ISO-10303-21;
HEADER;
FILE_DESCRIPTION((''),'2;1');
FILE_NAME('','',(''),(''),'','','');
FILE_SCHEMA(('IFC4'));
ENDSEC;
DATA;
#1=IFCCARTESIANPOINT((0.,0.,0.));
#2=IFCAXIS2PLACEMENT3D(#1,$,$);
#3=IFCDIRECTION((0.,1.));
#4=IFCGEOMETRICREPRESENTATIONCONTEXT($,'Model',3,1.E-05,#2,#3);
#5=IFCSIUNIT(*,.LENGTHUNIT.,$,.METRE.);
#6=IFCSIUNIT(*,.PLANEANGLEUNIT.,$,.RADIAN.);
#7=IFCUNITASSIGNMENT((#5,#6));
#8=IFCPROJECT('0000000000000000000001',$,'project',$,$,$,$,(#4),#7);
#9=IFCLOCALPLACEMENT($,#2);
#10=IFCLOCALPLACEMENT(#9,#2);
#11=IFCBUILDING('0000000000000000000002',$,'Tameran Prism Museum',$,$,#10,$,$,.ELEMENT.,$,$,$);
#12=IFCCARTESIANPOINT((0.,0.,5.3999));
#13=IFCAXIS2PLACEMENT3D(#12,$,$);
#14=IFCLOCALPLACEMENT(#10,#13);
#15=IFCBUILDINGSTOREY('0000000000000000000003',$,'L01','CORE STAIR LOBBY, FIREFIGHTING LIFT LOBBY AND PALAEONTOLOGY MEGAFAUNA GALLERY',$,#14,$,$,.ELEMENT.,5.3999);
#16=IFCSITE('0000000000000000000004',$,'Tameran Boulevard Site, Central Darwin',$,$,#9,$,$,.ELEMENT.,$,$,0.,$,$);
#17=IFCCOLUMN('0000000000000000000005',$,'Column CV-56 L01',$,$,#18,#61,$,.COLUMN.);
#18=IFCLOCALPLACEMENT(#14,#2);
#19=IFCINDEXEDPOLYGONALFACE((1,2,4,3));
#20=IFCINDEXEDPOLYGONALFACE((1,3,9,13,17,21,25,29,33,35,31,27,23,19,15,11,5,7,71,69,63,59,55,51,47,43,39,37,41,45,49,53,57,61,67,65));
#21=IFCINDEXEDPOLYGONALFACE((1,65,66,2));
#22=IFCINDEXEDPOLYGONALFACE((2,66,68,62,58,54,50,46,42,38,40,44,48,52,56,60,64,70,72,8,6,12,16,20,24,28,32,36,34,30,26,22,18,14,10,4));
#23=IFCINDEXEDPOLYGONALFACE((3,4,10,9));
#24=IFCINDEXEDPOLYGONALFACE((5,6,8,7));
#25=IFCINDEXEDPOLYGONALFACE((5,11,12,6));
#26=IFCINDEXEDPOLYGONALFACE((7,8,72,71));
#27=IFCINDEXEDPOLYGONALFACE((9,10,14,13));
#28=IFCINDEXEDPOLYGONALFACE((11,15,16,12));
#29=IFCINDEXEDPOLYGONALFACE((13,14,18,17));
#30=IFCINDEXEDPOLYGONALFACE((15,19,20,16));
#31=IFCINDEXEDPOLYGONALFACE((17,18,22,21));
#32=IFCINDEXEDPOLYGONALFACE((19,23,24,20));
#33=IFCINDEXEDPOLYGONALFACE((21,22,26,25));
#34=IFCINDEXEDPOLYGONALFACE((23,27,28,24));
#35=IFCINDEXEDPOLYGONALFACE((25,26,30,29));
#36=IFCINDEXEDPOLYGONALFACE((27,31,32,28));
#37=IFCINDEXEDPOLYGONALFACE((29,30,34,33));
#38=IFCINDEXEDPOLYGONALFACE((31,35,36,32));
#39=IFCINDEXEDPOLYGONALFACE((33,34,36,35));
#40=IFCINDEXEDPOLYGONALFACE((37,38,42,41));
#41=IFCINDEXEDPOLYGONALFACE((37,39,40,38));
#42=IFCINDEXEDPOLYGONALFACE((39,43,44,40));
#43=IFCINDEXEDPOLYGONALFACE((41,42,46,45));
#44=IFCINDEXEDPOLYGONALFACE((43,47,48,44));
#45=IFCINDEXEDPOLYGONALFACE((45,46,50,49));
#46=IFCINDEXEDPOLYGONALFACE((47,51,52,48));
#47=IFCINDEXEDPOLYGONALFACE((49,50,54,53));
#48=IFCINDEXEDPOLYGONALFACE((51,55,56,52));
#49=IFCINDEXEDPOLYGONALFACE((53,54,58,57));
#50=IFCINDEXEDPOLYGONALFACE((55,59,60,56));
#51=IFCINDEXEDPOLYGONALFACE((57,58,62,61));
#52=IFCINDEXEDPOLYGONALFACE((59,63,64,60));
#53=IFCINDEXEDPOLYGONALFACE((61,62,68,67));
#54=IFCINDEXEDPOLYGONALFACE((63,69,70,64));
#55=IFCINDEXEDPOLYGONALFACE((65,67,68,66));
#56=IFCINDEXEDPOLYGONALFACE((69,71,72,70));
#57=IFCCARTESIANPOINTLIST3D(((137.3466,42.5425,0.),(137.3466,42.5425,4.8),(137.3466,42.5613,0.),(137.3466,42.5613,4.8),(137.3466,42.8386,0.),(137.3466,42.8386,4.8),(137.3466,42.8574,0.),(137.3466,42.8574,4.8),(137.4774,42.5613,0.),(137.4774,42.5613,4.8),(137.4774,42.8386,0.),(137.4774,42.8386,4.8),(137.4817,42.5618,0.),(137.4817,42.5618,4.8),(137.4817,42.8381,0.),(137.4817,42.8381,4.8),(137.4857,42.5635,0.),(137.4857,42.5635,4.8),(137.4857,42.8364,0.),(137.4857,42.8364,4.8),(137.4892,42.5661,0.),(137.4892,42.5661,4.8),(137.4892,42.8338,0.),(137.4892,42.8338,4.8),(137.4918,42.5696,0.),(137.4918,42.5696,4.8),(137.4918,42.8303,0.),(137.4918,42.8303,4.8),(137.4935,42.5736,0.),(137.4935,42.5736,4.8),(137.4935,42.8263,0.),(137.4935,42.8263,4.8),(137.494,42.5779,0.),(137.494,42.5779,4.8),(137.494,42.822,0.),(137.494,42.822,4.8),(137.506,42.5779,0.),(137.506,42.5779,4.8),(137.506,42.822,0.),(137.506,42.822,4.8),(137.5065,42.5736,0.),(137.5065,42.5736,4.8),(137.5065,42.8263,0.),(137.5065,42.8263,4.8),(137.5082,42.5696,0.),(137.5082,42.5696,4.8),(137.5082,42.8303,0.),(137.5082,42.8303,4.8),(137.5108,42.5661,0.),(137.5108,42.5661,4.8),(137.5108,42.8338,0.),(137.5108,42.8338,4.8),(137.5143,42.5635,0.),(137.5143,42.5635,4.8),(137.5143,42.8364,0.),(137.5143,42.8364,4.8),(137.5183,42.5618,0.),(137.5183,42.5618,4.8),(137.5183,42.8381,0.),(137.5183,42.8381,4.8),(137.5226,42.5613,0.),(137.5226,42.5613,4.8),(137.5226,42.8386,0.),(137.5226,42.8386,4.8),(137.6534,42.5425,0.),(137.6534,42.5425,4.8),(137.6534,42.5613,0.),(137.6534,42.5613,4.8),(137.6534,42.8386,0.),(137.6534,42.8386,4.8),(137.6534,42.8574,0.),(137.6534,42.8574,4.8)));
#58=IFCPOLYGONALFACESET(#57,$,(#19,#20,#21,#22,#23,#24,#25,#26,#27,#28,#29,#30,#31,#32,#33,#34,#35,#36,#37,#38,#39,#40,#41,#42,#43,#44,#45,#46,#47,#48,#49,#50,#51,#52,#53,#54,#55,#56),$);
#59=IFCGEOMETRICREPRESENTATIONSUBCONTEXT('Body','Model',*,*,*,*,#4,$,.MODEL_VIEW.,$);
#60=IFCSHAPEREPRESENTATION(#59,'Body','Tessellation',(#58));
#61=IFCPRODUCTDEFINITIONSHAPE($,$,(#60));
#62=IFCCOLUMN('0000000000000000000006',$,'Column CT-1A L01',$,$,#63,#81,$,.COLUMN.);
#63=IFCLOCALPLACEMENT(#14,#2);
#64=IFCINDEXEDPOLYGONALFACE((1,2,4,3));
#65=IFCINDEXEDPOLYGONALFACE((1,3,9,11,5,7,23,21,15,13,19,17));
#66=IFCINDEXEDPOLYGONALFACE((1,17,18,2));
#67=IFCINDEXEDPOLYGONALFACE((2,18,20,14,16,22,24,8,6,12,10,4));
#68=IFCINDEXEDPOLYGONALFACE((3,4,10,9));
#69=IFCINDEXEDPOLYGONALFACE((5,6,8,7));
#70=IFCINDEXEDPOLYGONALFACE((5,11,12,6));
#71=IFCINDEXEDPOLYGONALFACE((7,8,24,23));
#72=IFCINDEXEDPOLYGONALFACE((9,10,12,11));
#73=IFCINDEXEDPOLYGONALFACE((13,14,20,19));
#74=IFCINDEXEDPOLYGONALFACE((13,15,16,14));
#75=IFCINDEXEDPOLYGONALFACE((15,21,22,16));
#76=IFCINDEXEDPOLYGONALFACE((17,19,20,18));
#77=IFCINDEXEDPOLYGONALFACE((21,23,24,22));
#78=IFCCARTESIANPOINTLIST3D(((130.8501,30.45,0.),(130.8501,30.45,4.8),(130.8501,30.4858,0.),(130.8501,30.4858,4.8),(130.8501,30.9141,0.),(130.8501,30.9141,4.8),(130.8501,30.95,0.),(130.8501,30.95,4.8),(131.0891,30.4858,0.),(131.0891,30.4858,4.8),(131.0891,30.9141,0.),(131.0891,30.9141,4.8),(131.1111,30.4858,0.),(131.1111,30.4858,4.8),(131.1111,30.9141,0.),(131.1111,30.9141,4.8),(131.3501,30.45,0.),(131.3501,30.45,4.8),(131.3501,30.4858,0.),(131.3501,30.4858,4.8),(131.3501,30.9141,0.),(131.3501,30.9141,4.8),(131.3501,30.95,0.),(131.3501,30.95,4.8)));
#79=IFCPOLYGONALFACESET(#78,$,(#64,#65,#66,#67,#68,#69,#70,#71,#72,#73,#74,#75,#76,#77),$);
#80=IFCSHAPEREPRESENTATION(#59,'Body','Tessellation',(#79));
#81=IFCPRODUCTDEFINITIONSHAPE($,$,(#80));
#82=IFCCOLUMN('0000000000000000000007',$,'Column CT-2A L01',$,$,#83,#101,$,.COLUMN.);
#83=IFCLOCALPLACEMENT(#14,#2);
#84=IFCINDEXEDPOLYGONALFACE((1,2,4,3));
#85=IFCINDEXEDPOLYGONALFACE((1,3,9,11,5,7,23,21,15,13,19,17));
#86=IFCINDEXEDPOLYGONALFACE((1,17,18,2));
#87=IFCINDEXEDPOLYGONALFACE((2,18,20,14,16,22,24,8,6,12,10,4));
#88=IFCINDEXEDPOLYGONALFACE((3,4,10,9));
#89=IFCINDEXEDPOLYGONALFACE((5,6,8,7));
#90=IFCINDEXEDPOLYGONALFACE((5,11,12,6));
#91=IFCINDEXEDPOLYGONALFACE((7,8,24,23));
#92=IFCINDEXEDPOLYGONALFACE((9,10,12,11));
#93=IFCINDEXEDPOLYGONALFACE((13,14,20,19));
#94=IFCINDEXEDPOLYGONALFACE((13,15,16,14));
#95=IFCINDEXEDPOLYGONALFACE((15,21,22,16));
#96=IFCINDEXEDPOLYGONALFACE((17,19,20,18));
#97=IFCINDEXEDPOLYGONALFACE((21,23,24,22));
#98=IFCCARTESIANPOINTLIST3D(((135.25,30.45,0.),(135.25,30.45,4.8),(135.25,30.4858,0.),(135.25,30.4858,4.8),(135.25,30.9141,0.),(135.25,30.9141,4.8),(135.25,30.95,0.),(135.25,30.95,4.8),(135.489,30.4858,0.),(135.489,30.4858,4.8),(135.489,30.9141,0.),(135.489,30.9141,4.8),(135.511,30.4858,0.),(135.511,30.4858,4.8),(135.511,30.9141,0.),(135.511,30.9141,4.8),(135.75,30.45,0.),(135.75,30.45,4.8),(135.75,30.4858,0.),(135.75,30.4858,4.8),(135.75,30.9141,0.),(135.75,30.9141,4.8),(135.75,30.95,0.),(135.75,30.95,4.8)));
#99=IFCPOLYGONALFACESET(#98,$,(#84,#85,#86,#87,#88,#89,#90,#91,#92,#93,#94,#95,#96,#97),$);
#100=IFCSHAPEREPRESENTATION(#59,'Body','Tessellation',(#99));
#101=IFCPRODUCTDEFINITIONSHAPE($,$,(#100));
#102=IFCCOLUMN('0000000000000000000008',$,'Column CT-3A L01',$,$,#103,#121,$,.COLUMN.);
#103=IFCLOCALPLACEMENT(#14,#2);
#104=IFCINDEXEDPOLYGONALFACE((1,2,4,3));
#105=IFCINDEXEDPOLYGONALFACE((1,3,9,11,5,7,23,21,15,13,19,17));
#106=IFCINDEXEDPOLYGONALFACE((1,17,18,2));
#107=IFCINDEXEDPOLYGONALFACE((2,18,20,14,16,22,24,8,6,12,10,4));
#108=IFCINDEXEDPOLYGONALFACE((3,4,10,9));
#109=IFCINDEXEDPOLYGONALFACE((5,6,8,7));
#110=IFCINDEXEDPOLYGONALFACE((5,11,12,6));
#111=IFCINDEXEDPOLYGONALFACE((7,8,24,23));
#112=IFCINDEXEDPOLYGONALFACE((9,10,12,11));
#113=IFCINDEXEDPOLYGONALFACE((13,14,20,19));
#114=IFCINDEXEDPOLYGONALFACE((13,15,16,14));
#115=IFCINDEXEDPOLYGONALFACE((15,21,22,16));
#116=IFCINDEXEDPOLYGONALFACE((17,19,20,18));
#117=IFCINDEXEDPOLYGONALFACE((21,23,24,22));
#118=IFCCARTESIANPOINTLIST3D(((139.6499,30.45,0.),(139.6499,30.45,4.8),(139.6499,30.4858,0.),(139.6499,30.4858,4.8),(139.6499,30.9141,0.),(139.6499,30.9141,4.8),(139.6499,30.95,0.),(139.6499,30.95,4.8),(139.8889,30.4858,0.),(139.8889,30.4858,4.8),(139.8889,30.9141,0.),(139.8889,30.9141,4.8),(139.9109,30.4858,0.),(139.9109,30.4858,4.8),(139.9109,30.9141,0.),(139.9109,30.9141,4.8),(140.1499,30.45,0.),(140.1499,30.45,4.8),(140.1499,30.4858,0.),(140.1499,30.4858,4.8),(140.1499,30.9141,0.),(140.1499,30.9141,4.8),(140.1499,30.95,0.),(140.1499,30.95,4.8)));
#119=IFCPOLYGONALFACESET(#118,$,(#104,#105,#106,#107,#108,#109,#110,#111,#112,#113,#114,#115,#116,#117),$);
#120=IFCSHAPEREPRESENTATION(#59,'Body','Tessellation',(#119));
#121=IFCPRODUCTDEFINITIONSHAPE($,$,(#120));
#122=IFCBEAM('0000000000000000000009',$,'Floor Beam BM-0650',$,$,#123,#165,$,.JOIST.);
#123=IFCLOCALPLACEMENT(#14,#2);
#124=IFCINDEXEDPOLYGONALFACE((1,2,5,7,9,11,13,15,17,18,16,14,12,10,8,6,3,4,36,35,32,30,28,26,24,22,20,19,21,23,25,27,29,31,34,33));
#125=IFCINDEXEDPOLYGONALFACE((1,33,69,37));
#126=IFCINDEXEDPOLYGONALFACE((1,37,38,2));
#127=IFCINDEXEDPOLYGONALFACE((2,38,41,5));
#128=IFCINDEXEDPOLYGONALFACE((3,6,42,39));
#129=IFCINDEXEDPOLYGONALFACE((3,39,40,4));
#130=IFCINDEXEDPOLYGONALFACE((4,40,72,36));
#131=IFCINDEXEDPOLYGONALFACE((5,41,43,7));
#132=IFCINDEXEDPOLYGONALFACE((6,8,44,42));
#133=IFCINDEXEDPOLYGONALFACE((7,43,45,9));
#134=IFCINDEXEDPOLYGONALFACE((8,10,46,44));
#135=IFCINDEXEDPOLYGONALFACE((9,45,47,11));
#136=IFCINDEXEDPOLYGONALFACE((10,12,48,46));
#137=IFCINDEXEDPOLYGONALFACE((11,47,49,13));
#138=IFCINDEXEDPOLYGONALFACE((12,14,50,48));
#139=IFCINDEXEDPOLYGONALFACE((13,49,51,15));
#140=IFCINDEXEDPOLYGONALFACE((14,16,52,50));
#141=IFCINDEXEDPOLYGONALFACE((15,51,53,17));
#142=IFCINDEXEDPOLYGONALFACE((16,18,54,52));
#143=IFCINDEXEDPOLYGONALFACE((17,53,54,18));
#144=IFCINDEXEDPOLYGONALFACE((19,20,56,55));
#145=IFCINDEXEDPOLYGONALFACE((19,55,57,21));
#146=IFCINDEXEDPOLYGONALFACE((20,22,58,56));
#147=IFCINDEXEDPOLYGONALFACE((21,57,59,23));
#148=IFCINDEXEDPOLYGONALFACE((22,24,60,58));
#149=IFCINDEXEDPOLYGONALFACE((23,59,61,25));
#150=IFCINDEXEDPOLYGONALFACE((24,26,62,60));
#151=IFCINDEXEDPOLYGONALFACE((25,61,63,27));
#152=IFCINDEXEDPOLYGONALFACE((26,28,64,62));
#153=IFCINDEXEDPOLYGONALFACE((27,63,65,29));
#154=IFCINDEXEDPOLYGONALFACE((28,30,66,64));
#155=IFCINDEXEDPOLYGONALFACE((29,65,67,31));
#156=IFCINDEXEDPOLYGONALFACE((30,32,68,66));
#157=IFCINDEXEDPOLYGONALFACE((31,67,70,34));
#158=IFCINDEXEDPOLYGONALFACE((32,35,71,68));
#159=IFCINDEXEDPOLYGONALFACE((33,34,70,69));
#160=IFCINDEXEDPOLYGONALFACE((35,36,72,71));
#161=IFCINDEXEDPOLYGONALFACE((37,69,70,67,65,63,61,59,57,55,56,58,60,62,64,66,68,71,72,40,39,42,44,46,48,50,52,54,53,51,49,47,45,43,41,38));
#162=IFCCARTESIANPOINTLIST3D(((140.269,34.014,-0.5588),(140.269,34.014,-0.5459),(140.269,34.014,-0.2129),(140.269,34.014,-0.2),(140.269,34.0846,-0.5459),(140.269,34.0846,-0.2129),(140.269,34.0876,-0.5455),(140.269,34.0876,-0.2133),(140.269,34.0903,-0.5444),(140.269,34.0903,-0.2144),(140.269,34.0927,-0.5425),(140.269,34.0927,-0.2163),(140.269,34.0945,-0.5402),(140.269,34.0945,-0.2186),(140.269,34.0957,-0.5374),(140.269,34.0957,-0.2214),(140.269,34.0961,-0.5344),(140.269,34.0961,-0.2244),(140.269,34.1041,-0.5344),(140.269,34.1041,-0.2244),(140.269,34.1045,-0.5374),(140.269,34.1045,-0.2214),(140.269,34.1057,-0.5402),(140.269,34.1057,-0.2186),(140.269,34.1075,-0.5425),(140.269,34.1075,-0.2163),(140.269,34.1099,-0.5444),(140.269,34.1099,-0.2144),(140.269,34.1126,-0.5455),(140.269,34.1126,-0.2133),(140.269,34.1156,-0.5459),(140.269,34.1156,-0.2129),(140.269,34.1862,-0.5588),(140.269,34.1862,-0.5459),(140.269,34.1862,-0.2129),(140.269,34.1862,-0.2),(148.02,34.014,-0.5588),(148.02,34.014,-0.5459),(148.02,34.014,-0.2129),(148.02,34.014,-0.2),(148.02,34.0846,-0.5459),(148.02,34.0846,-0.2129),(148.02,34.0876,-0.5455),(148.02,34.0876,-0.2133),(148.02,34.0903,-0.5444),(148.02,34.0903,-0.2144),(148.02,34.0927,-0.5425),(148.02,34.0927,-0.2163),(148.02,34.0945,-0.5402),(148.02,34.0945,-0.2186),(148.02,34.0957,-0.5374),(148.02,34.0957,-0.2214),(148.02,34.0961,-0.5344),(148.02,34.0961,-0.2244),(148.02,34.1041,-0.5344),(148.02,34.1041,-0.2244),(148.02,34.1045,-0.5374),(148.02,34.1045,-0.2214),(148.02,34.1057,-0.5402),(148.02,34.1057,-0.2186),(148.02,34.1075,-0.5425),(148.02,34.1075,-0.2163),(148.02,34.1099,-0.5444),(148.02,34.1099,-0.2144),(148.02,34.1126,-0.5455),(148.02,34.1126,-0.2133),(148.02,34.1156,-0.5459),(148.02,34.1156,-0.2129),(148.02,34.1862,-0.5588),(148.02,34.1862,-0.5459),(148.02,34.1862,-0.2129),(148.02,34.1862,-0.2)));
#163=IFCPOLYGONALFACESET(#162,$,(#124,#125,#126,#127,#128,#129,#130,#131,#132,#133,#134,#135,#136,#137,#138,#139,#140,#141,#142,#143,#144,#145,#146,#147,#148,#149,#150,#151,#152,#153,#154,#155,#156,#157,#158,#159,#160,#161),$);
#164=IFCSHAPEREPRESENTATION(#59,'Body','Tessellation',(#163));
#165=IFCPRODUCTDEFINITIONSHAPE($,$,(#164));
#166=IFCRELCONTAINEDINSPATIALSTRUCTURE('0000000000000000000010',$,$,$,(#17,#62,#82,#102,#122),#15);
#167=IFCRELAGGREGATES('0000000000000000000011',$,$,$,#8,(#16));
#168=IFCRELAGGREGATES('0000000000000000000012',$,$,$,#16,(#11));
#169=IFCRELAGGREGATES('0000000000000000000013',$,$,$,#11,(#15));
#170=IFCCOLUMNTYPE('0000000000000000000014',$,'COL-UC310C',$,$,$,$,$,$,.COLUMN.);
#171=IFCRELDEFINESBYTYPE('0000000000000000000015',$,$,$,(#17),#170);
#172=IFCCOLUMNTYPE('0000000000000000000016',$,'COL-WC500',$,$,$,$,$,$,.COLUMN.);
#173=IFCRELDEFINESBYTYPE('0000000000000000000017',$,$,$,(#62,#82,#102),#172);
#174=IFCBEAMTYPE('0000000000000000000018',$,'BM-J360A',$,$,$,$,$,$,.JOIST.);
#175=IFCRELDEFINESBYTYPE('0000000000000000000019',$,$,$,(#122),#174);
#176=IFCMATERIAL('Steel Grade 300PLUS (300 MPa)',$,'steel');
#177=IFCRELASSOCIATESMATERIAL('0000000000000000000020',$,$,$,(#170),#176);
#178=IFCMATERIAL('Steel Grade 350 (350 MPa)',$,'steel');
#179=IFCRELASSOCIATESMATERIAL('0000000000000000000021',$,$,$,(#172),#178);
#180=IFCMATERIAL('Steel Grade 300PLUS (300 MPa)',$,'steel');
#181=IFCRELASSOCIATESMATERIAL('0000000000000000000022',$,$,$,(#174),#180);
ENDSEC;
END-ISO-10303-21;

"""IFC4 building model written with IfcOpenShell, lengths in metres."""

from ifc_helpers import new_model, si_unit, direction, frame, origin, origin_2d, place, context, subcontext, project, spatial, i_section, extrude, material, material_profile, profile_set, type_object, element, save


model = new_model("IFC4")

# Units and contexts
model_context = context("Model", 3, precision=1e-05, world=origin(), true_north=direction((0.0, 1.0)))
body_context = subcontext(model_context, "Body", "Model", "MODEL_VIEW")
ifc_project = project(units=[si_unit("LENGTHUNIT", "METRE"), si_unit("PLANEANGLEUNIT", "RADIAN")], contexts=[model_context])

# Site, building, storey
site_placement = place(None, origin())
site = spatial("IfcSite", under=ifc_project, at=site_placement, Name="Tameran Boulevard Site, Central Darwin", CompositionType="ELEMENT", RefElevation=0.0)
building_placement = place(site_placement, origin())
building = spatial("IfcBuilding", under=site, at=building_placement, Name="Tameran Prism Museum", CompositionType="ELEMENT")
storey_placement = place(building_placement, frame((0.0, 0.0, 5.3999)))
storey = spatial("IfcBuildingStorey", under=building, at=storey_placement, Name="L01", Description="CORE STAIR LOBBY, FIREFIGHTING LIFT LOBBY AND PALAEONTOLOGY MEGAFAUNA GALLERY", CompositionType="ELEMENT", Elevation=5.3999)

# Columns
ifc_material_1 = material(Name="Steel Grade 300PLUS (300 MPa)", Category="steel")
ifc_material_profile_1 = material_profile(ifc_material_1, i_section(OverallWidth=0.3069, OverallDepth=0.3149, WebThickness=0.012, FlangeThickness=0.0188, FilletRadius=0.0166, at=origin_2d()))
ifc_profile_set_1 = profile_set([ifc_material_profile_1])
column_type_1 = type_object("IfcColumnType", Name="COL-UC310C", PredefinedType="COLUMN", material=ifc_profile_set_1)
column_placement = place(storey_placement, frame((137.5, 42.7, 0.0), z_axis=(0.0, 0.0, 1.0), x_axis=(1.0, 0.0, 0.0)))
element("IfcColumn", 1, at=column_placement, inside=storey, type_object=column_type_1, Name="Column CV-56 L01", PredefinedType="COLUMN", context=body_context, shape_type="SweptSolid", body=[
    extrude(i_section(OverallWidth=0.3069, OverallDepth=0.3149, WebThickness=0.012, FlangeThickness=0.0188, FilletRadius=0.0166, at=origin_2d()), origin(), (0.0, 0.0, 1.0), 4.8),
])
ifc_material_2 = material(Name="Steel Grade 350 (350 MPa)", Category="steel")
ifc_material_profile_2 = material_profile(ifc_material_2, i_section(OverallWidth=0.5, OverallDepth=0.5, WebThickness=0.022, FlangeThickness=0.0359, at=origin_2d()))
ifc_profile_set_2 = profile_set([ifc_material_profile_2])
column_type_2 = type_object("IfcColumnType", Name="COL-WC500", PredefinedType="COLUMN", material=ifc_profile_set_2)
for number, where, z_axis, x_axis, name in (
    (2, (131.1001, 30.7, 0.0), (0.0, 0.0, 1.0), (1.0, 0.0, 0.0), "Column CT-1A L01"),
    (3, (135.5, 30.7, 0.0), (0.0, 0.0, 1.0), (1.0, 0.0, 0.0), "Column CT-2A L01"),
    (4, (139.8999, 30.7, 0.0), (0.0, 0.0, 1.0), (1.0, 0.0, 0.0), "Column CT-3A L01"),
):
    element("IfcColumn", number, at=place(storey_placement, frame(where, z_axis=z_axis, x_axis=x_axis)), inside=storey, type_object=column_type_2, Name=name, PredefinedType="COLUMN", context=body_context, shape_type="SweptSolid", body=[
        extrude(i_section(OverallWidth=0.5, OverallDepth=0.5, WebThickness=0.022, FlangeThickness=0.0359, at=origin_2d()), origin(), (0.0, 0.0, 1.0), 4.8),
    ])

# Beam
ifc_material_3 = material(Name="Steel Grade 300PLUS (300 MPa)", Category="steel")
ifc_material_profile_3 = material_profile(ifc_material_3, i_section(OverallWidth=0.1721, OverallDepth=0.3589, WebThickness=0.0081, FlangeThickness=0.0129, FilletRadius=0.0115, at=origin_2d()))
ifc_profile_set_3 = profile_set([ifc_material_profile_3])
beam_type_1 = type_object("IfcBeamType", Name="BM-J360A", PredefinedType="JOIST", material=ifc_profile_set_3)
beam_1_placement = place(storey_placement, frame((140.269, 34.1001, -0.3794), z_axis=(1.0, 0.0, 0.0), x_axis=(0.0, 1.0, 0.0)))
element("IfcBeam", 5, at=beam_1_placement, inside=storey, type_object=beam_type_1, Name="Floor Beam BM-0650", PredefinedType="JOIST", context=body_context, shape_type="SweptSolid", body=[
    extrude(i_section(OverallWidth=0.1721, OverallDepth=0.3589, WebThickness=0.0081, FlangeThickness=0.0129, FilletRadius=0.0115, at=origin_2d()), origin(), (0.0, 0.0, 1.0), 7.751),
])

save(model, "model.ifc")
